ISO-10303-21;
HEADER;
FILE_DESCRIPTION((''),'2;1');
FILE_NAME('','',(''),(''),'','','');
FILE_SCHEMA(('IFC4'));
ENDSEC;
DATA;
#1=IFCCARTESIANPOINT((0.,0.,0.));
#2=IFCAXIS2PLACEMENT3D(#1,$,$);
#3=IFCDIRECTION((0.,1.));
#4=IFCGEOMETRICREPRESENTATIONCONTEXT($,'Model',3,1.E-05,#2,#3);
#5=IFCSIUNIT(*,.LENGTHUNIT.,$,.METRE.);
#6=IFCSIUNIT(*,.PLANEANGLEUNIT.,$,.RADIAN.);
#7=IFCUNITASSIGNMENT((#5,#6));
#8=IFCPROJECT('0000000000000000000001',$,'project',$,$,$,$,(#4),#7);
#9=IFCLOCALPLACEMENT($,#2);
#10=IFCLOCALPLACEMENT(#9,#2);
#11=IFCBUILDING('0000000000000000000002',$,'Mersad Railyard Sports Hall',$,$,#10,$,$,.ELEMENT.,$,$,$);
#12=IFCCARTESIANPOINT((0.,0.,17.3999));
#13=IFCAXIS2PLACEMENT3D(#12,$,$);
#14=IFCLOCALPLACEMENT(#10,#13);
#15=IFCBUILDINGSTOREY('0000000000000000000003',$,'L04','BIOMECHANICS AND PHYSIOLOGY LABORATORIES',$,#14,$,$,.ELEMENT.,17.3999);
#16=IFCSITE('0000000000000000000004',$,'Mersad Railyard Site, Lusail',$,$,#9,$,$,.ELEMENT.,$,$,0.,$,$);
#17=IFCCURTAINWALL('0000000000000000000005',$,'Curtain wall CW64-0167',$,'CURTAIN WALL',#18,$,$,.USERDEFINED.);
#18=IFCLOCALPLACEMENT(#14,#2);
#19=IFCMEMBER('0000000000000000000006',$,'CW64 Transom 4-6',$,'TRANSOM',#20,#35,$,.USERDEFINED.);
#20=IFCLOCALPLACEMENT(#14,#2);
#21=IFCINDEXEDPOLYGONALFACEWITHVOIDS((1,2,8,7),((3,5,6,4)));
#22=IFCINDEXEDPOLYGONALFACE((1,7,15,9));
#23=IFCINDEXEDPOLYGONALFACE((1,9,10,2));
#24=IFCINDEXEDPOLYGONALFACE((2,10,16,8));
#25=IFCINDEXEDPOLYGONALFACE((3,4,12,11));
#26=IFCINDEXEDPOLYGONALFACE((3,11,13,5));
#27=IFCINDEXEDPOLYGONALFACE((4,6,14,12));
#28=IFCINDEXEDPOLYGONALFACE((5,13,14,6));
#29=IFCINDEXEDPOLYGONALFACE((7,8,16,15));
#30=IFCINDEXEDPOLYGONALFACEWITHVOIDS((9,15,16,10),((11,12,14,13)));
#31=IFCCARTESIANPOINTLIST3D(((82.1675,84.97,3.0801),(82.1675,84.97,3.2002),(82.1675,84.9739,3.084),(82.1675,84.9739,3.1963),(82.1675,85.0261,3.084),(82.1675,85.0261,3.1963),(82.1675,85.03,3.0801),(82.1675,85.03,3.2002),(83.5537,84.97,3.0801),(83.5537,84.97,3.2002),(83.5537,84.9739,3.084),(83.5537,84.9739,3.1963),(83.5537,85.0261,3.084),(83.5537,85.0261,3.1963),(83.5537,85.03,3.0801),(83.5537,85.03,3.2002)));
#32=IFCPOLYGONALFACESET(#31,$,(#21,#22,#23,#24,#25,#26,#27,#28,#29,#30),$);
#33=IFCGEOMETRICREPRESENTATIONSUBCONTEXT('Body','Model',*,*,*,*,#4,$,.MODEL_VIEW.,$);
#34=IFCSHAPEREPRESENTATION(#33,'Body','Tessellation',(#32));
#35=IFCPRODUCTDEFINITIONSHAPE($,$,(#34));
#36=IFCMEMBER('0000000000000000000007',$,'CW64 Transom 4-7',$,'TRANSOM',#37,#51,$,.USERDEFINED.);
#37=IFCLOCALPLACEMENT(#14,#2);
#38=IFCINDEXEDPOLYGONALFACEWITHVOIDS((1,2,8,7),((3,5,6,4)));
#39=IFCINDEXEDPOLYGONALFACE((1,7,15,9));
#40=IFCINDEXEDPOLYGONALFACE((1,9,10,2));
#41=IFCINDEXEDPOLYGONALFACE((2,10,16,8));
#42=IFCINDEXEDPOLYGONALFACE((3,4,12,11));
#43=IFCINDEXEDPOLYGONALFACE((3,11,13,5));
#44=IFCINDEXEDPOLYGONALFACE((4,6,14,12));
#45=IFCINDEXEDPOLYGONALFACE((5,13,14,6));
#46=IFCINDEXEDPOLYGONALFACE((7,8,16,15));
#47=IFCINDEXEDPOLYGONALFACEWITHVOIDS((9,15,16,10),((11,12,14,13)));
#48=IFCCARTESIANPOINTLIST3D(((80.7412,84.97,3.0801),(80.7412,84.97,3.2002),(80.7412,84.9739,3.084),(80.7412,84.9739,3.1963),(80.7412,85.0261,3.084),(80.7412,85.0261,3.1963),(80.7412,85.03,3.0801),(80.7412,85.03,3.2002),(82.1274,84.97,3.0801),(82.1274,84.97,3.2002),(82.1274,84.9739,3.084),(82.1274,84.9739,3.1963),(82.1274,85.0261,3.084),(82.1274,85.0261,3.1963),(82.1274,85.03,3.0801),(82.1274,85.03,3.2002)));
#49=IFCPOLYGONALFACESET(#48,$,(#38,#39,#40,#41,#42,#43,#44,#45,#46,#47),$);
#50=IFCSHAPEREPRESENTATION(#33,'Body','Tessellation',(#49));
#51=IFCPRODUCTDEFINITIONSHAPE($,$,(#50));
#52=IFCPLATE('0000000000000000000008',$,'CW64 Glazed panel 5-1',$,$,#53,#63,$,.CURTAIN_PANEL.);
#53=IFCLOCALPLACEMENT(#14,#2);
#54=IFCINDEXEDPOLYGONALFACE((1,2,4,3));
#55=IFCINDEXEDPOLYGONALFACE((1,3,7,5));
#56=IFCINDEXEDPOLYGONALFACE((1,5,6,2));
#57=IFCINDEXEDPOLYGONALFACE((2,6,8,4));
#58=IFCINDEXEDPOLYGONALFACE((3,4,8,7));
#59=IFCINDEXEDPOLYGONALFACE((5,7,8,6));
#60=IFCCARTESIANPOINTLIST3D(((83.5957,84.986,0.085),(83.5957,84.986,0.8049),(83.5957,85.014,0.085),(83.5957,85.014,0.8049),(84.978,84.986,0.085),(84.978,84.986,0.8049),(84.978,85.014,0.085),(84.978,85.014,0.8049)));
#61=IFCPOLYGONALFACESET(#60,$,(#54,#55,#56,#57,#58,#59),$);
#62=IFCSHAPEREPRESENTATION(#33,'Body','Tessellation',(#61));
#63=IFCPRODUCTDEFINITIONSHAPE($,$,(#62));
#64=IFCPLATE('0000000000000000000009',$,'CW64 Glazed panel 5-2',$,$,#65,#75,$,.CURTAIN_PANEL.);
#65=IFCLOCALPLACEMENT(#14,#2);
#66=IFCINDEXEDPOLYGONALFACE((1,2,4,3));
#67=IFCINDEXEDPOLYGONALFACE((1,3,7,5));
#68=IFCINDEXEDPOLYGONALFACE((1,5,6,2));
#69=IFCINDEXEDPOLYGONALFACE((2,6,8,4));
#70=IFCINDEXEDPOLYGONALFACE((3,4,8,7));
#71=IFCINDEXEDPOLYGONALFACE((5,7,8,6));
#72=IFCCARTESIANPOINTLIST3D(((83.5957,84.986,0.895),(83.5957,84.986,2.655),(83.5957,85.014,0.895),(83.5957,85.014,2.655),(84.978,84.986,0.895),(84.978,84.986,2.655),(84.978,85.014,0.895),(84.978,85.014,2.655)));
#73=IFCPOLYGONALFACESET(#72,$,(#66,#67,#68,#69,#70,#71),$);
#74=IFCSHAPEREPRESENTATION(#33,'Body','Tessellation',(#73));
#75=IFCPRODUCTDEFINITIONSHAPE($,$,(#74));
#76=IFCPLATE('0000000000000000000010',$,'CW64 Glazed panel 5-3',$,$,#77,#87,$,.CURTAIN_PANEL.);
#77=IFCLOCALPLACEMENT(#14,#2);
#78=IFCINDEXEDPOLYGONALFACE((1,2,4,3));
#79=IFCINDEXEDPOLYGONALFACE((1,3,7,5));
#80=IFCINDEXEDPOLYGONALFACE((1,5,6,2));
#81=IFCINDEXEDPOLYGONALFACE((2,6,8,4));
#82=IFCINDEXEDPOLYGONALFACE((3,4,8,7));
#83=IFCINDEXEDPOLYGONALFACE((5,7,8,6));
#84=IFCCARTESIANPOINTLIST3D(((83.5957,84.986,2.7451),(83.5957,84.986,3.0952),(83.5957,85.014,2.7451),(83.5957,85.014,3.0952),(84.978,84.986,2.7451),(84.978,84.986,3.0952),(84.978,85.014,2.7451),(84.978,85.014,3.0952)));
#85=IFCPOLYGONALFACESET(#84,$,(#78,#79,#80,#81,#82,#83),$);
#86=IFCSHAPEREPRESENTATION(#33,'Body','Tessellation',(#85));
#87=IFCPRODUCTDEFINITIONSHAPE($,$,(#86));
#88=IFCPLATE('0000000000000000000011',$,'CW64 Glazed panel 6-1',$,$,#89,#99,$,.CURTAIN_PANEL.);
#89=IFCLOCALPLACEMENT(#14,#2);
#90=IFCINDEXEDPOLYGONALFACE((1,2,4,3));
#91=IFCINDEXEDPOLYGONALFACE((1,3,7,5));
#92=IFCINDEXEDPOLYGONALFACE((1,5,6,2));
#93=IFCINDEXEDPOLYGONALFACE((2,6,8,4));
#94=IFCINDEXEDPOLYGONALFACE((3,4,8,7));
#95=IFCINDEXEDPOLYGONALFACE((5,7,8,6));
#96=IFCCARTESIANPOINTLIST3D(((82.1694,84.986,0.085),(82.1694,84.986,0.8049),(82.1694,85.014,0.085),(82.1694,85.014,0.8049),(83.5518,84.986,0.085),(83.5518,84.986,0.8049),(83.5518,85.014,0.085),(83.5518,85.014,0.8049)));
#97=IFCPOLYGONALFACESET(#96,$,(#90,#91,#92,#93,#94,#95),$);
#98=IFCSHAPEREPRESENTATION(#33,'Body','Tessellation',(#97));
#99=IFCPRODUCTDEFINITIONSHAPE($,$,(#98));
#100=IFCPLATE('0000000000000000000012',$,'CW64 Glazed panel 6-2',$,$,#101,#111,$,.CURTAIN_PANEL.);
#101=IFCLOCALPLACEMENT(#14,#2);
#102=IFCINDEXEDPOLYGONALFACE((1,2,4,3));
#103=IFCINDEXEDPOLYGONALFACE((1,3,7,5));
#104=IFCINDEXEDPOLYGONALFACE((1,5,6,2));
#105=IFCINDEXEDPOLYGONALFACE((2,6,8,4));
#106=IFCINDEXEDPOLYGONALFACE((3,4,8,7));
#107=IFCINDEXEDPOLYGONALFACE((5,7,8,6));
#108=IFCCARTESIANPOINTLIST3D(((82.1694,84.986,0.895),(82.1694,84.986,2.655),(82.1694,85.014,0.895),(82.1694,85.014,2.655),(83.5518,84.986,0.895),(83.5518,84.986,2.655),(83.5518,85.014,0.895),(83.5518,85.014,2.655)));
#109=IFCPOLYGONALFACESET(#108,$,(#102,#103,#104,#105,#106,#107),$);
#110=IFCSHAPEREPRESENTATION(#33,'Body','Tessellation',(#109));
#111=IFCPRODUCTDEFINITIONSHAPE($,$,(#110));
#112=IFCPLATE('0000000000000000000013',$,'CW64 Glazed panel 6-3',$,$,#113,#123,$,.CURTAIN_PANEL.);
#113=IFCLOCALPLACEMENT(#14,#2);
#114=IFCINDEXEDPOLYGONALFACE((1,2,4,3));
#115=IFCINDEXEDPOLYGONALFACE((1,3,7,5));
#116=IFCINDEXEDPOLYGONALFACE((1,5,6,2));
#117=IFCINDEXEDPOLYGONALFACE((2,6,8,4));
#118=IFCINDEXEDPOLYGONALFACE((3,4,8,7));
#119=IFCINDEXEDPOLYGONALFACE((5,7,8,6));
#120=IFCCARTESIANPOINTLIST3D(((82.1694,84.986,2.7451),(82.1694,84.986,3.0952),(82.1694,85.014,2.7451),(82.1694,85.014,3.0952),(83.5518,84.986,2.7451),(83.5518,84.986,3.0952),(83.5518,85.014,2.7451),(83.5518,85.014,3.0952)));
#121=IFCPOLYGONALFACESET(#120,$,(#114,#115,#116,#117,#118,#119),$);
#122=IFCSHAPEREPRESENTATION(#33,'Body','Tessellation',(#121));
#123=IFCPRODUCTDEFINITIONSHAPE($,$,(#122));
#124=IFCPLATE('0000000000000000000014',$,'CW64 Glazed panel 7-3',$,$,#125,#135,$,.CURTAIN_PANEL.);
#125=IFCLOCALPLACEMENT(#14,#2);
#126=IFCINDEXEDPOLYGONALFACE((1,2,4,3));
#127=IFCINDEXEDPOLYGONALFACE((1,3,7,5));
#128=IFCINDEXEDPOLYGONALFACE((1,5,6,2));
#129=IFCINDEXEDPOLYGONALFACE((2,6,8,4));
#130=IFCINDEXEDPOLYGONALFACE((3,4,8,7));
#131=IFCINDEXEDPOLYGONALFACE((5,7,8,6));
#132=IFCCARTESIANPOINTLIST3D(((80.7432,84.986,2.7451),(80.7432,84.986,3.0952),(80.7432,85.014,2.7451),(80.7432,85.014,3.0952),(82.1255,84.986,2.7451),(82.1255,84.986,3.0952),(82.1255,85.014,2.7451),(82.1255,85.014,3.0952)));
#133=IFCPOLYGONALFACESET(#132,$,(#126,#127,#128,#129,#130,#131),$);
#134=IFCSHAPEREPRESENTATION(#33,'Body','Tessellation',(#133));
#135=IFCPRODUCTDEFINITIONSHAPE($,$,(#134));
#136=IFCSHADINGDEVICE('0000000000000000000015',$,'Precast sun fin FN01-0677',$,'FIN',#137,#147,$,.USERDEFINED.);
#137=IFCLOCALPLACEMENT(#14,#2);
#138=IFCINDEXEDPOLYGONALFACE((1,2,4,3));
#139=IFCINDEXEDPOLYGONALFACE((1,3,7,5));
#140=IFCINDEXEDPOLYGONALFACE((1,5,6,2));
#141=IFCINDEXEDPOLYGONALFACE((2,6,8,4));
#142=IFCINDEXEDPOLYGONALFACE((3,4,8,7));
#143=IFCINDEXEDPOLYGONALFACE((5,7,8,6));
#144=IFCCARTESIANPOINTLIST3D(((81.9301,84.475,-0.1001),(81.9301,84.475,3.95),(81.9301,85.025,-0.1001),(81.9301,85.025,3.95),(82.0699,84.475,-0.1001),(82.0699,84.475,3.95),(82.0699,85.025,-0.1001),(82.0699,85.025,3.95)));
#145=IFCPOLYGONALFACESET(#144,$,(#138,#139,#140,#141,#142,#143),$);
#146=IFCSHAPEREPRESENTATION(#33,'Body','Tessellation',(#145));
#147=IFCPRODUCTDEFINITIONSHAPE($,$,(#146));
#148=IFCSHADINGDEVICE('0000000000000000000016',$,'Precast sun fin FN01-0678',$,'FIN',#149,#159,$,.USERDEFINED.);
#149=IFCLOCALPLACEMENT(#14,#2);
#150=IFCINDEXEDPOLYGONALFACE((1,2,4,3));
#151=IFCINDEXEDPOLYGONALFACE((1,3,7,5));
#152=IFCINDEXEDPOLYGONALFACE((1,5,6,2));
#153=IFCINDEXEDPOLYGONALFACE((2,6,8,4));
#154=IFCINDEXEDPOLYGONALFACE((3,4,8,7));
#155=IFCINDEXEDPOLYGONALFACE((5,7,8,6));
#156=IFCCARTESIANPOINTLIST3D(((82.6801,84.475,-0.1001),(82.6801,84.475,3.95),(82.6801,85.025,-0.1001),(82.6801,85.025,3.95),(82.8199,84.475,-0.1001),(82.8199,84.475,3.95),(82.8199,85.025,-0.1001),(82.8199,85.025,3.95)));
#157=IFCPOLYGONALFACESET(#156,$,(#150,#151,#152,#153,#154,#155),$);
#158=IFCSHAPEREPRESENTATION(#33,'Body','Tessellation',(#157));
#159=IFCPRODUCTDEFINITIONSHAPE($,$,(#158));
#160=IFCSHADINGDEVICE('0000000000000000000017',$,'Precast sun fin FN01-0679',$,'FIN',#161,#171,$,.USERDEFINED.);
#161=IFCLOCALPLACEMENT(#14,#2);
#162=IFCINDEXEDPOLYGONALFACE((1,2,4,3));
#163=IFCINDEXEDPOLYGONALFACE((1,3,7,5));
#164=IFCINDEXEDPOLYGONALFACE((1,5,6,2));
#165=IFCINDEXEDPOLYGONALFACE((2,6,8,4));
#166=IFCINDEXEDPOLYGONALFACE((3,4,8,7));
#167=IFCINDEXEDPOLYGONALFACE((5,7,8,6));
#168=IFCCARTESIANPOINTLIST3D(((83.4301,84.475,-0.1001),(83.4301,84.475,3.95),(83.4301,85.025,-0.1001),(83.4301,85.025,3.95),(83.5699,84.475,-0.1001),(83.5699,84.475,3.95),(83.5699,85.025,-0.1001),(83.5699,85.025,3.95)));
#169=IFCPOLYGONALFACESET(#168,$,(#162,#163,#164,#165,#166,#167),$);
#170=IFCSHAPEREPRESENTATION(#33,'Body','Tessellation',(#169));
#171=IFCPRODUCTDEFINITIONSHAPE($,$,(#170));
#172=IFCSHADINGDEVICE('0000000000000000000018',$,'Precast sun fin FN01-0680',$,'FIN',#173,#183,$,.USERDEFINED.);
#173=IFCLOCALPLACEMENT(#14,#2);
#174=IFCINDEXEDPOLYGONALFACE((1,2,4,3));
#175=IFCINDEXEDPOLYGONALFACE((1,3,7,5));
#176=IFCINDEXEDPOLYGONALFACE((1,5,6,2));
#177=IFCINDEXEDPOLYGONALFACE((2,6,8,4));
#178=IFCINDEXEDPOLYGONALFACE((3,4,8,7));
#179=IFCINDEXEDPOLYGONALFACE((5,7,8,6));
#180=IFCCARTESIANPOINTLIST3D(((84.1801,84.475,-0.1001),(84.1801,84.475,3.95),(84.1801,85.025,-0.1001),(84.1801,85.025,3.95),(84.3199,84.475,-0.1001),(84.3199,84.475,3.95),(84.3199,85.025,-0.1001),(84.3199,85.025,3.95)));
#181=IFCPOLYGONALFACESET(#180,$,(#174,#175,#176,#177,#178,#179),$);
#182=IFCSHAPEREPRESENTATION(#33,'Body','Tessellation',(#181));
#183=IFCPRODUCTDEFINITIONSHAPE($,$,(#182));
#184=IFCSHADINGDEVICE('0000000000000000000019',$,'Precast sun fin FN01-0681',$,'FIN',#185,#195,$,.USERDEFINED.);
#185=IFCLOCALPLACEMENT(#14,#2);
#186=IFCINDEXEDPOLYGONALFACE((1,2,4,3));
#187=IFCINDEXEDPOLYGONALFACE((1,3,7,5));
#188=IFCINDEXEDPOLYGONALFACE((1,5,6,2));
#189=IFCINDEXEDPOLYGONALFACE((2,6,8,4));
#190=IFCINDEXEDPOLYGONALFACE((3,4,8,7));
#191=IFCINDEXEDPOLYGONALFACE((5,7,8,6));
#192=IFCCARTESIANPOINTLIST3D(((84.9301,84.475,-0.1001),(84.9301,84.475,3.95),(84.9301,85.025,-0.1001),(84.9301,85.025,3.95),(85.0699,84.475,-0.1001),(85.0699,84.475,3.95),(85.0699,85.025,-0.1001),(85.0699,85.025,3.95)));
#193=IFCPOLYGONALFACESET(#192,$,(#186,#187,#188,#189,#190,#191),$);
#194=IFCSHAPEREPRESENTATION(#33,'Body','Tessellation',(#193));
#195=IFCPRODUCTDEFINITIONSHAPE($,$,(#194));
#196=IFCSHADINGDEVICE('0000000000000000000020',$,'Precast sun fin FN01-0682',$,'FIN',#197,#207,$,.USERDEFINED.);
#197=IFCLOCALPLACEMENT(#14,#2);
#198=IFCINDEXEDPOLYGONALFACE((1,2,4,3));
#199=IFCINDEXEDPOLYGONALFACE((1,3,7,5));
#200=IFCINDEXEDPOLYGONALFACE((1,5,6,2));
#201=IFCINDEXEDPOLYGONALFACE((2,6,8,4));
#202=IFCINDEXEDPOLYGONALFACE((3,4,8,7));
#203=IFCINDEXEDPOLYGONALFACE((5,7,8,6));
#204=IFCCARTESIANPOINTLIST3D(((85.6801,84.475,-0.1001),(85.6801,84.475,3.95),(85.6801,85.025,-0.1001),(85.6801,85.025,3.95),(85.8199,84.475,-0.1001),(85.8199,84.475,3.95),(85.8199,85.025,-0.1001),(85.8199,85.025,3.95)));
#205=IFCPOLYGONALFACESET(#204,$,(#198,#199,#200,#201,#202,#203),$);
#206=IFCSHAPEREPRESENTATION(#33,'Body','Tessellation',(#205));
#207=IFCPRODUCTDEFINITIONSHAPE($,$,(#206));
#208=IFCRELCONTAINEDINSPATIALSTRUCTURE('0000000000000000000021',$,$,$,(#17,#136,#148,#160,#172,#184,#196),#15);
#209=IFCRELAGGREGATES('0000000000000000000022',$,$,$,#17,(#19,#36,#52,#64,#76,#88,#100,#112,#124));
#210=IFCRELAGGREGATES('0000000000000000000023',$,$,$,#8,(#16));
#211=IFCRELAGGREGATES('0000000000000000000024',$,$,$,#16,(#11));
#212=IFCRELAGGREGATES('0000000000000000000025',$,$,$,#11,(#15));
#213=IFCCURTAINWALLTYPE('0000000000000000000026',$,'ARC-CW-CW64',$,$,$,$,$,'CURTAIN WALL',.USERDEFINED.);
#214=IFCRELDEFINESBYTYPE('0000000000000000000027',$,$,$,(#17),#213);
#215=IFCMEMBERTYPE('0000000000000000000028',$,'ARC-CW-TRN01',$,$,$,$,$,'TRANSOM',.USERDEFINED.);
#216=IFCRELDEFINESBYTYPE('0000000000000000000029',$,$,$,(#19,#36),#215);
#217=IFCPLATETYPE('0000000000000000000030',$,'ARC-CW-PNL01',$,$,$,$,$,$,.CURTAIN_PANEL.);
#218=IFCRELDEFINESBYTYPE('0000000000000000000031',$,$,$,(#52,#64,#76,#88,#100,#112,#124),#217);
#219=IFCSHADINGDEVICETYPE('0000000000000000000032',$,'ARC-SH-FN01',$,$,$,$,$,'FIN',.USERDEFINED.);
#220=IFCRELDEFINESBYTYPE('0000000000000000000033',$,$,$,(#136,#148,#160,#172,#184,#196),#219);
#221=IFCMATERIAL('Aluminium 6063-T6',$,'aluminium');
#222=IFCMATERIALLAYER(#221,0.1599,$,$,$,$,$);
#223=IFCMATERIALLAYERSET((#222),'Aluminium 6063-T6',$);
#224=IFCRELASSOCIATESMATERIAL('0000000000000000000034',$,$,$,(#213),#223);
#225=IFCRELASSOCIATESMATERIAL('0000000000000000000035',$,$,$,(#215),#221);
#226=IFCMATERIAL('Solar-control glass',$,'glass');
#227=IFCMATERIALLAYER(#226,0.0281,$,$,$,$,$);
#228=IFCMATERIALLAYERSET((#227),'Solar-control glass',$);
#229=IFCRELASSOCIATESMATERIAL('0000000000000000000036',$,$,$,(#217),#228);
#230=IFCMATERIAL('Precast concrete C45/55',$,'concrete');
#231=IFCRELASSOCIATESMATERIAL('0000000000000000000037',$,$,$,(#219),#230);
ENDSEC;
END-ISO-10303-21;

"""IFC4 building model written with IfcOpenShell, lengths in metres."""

from ifc_helpers import new_model, si_unit, direction, frame, origin, origin_2d, place, context, subcontext, project, spatial, rectangle, hollow_rectangle, extrude, material, layer, layer_set, material_profile, profile_set, type_object, element, aggregate, save


model = new_model("IFC4")

# Units and contexts
model_context = context("Model", 3, precision=1e-05, world=origin(), true_north=direction((0.0, 1.0)))
body_context = subcontext(model_context, "Body", "Model", "MODEL_VIEW")
ifc_project = project(units=[si_unit("LENGTHUNIT", "METRE"), si_unit("PLANEANGLEUNIT", "RADIAN")], contexts=[model_context])

# Site, building, storey
site_placement = place(None, origin())
site = spatial("IfcSite", under=ifc_project, at=site_placement, Name="Mersad Railyard Site, Lusail", CompositionType="ELEMENT", RefElevation=0.0)
building_placement = place(site_placement, origin())
building = spatial("IfcBuilding", under=site, at=building_placement, Name="Mersad Railyard Sports Hall", CompositionType="ELEMENT")
storey_placement = place(building_placement, frame((0.0, 0.0, 17.3999)))
storey = spatial("IfcBuildingStorey", under=building, at=storey_placement, Name="L04", Description="BIOMECHANICS AND PHYSIOLOGY LABORATORIES", CompositionType="ELEMENT", Elevation=17.3999)

# Curtain wall, members, plates
ifc_material_1 = material(Name="Aluminium 6063-T6", Category="aluminium")
ifc_layer_1 = layer(ifc_material_1, 0.1599)
ifc_layer_set_1 = layer_set([ifc_layer_1], Name="Aluminium 6063-T6")
curtain_wall_type = type_object("IfcCurtainWallType", Name="ARC-CW-CW64", ElementType="CURTAIN WALL", PredefinedType="USERDEFINED", material=ifc_layer_set_1)
curtain_wall_placement = place(storey_placement, origin())
curtain_wall = element("IfcCurtainWall", 1, at=curtain_wall_placement, inside=storey, type_object=curtain_wall_type, Name="Curtain wall CW64-0167", ObjectType="CURTAIN WALL", PredefinedType="USERDEFINED")
ifc_material_profile_1 = material_profile(ifc_material_1, hollow_rectangle(XDim=0.0601, YDim=0.1201, WallThickness=0.0039, at=origin_2d()), Name="AL TRANSOM 60x120x4")
ifc_profile_set_1 = profile_set([ifc_material_profile_1], Name="Aluminium 6063-T6")
member_type_1 = type_object("IfcMemberType", Name="ARC-CW-TRN01", ElementType="TRANSOM", PredefinedType="USERDEFINED", material=ifc_profile_set_1)
member_1_placement = place(storey_placement, frame((83.5537, 85.0, 3.1401), z_axis=(-1.0, 0.0, 0.0), x_axis=(0.0, -1.0, 0.0)))
member_1 = element("IfcMember", 2, at=member_1_placement, type_object=member_type_1, Name="CW64 Transom 4-6", ObjectType="TRANSOM", PredefinedType="USERDEFINED", context=body_context, shape_type="SweptSolid", body=[
    extrude(hollow_rectangle(XDim=0.0601, YDim=0.1201, WallThickness=0.0039, at=origin_2d()), origin(), (0.0, 0.0, 1.0), 1.3862),
])
member_2_placement = place(storey_placement, frame((82.1274, 85.0, 3.1401), z_axis=(-1.0, 0.0, 0.0), x_axis=(0.0, -1.0, 0.0)))
member_2 = element("IfcMember", 3, at=member_2_placement, type_object=member_type_1, Name="CW64 Transom 4-7", ObjectType="TRANSOM", PredefinedType="USERDEFINED", context=body_context, shape_type="SweptSolid", body=[
    extrude(hollow_rectangle(XDim=0.0601, YDim=0.1201, WallThickness=0.0039, at=origin_2d()), origin(), (0.0, 0.0, 1.0), 1.3862),
])
ifc_material_2 = material(Name="Solar-control glass", Category="glass")
ifc_layer_2 = layer(ifc_material_2, 0.0281)
ifc_layer_set_2 = layer_set([ifc_layer_2], Name="Solar-control glass")
plate_type = type_object("IfcPlateType", Name="ARC-CW-PNL01", PredefinedType="CURTAIN_PANEL", material=ifc_layer_set_2)
plate_1_placement = place(storey_placement, frame((84.2869, 85.0, 0.085), z_axis=(0.0, 0.0, 1.0), x_axis=(-1.0, 0.0, 0.0)))
plate_1 = element("IfcPlate", 4, at=plate_1_placement, type_object=plate_type, Name="CW64 Glazed panel 5-1", PredefinedType="CURTAIN_PANEL", context=body_context, shape_type="SweptSolid", body=[
    extrude(rectangle(XDim=1.3823, YDim=0.0281, at=origin_2d()), origin(), (0.0, 0.0, 1.0), 0.72),
])
plate_2_placement = place(storey_placement, frame((84.2869, 85.0, 0.895), z_axis=(0.0, 0.0, 1.0), x_axis=(-1.0, 0.0, 0.0)))
plate_2 = element("IfcPlate", 5, at=plate_2_placement, type_object=plate_type, Name="CW64 Glazed panel 5-2", PredefinedType="CURTAIN_PANEL", context=body_context, shape_type="SweptSolid", body=[
    extrude(rectangle(XDim=1.3823, YDim=0.0281, at=origin_2d()), origin(), (0.0, 0.0, 1.0), 1.76),
])
plate_3_placement = place(storey_placement, frame((84.2869, 85.0, 2.7451), z_axis=(0.0, 0.0, 1.0), x_axis=(-1.0, 0.0, 0.0)))
plate_3 = element("IfcPlate", 6, at=plate_3_placement, type_object=plate_type, Name="CW64 Glazed panel 5-3", PredefinedType="CURTAIN_PANEL", context=body_context, shape_type="SweptSolid", body=[
    extrude(rectangle(XDim=1.3823, YDim=0.0281, at=origin_2d()), origin(), (0.0, 0.0, 1.0), 0.3501),
])
plate_4_placement = place(storey_placement, frame((82.8606, 85.0, 0.085), z_axis=(0.0, 0.0, 1.0), x_axis=(-1.0, 0.0, 0.0)))
plate_4 = element("IfcPlate", 7, at=plate_4_placement, type_object=plate_type, Name="CW64 Glazed panel 6-1", PredefinedType="CURTAIN_PANEL", context=body_context, shape_type="SweptSolid", body=[
    extrude(rectangle(XDim=1.3823, YDim=0.0281, at=origin_2d()), origin(), (0.0, 0.0, 1.0), 0.72),
])
plate_5_placement = place(storey_placement, frame((82.8606, 85.0, 0.895), z_axis=(0.0, 0.0, 1.0), x_axis=(-1.0, 0.0, 0.0)))
plate_5 = element("IfcPlate", 8, at=plate_5_placement, type_object=plate_type, Name="CW64 Glazed panel 6-2", PredefinedType="CURTAIN_PANEL", context=body_context, shape_type="SweptSolid", body=[
    extrude(rectangle(XDim=1.3823, YDim=0.0281, at=origin_2d()), origin(), (0.0, 0.0, 1.0), 1.76),
])
plate_6_placement = place(storey_placement, frame((82.8606, 85.0, 2.7451), z_axis=(0.0, 0.0, 1.0), x_axis=(-1.0, 0.0, 0.0)))
plate_6 = element("IfcPlate", 9, at=plate_6_placement, type_object=plate_type, Name="CW64 Glazed panel 6-3", PredefinedType="CURTAIN_PANEL", context=body_context, shape_type="SweptSolid", body=[
    extrude(rectangle(XDim=1.3823, YDim=0.0281, at=origin_2d()), origin(), (0.0, 0.0, 1.0), 0.3501),
])
plate_7_placement = place(storey_placement, frame((81.4343, 85.0, 2.7451), z_axis=(0.0, 0.0, 1.0), x_axis=(-1.0, 0.0, 0.0)))
plate_7 = element("IfcPlate", 10, at=plate_7_placement, type_object=plate_type, Name="CW64 Glazed panel 7-3", PredefinedType="CURTAIN_PANEL", context=body_context, shape_type="SweptSolid", body=[
    extrude(rectangle(XDim=1.3823, YDim=0.0281, at=origin_2d()), origin(), (0.0, 0.0, 1.0), 0.3501),
])
aggregate(curtain_wall, [member_1, member_2, plate_1, plate_2, plate_3, plate_4, plate_5, plate_6, plate_7])

# Shading devices
ifc_material_3 = material(Name="Precast concrete C45/55", Category="concrete")
shading_device_type = type_object("IfcShadingDeviceType", Name="ARC-SH-FN01", ElementType="FIN", PredefinedType="USERDEFINED", material=ifc_material_3)
for number, where, z_axis, x_axis, name in (
    (11, (82.0, 84.75, -0.1001), (0.0, 0.0, 1.0), (1.0, 0.0, 0.0), "Precast sun fin FN01-0677"),
    (12, (82.75, 84.75, -0.1001), (0.0, 0.0, 1.0), (1.0, 0.0, 0.0), "Precast sun fin FN01-0678"),
    (13, (83.5, 84.75, -0.1001), (0.0, 0.0, 1.0), (1.0, 0.0, 0.0), "Precast sun fin FN01-0679"),
    (14, (84.25, 84.75, -0.1001), (0.0, 0.0, 1.0), (1.0, 0.0, 0.0), "Precast sun fin FN01-0680"),
    (15, (85.0, 84.75, -0.1001), (0.0, 0.0, 1.0), (1.0, 0.0, 0.0), "Precast sun fin FN01-0681"),
    (16, (85.75, 84.75, -0.1001), (0.0, 0.0, 1.0), (1.0, 0.0, 0.0), "Precast sun fin FN01-0682"),
):
    element("IfcShadingDevice", number, at=place(storey_placement, frame(where, z_axis=z_axis, x_axis=x_axis)), inside=storey, type_object=shading_device_type, Name=name, ObjectType="FIN", PredefinedType="USERDEFINED", context=body_context, shape_type="SweptSolid", body=[
        extrude(rectangle(XDim=0.1399, YDim=0.55, at=origin_2d()), origin(), (0.0, 0.0, 1.0), 4.05),
    ])

save(model, "model.ifc")
